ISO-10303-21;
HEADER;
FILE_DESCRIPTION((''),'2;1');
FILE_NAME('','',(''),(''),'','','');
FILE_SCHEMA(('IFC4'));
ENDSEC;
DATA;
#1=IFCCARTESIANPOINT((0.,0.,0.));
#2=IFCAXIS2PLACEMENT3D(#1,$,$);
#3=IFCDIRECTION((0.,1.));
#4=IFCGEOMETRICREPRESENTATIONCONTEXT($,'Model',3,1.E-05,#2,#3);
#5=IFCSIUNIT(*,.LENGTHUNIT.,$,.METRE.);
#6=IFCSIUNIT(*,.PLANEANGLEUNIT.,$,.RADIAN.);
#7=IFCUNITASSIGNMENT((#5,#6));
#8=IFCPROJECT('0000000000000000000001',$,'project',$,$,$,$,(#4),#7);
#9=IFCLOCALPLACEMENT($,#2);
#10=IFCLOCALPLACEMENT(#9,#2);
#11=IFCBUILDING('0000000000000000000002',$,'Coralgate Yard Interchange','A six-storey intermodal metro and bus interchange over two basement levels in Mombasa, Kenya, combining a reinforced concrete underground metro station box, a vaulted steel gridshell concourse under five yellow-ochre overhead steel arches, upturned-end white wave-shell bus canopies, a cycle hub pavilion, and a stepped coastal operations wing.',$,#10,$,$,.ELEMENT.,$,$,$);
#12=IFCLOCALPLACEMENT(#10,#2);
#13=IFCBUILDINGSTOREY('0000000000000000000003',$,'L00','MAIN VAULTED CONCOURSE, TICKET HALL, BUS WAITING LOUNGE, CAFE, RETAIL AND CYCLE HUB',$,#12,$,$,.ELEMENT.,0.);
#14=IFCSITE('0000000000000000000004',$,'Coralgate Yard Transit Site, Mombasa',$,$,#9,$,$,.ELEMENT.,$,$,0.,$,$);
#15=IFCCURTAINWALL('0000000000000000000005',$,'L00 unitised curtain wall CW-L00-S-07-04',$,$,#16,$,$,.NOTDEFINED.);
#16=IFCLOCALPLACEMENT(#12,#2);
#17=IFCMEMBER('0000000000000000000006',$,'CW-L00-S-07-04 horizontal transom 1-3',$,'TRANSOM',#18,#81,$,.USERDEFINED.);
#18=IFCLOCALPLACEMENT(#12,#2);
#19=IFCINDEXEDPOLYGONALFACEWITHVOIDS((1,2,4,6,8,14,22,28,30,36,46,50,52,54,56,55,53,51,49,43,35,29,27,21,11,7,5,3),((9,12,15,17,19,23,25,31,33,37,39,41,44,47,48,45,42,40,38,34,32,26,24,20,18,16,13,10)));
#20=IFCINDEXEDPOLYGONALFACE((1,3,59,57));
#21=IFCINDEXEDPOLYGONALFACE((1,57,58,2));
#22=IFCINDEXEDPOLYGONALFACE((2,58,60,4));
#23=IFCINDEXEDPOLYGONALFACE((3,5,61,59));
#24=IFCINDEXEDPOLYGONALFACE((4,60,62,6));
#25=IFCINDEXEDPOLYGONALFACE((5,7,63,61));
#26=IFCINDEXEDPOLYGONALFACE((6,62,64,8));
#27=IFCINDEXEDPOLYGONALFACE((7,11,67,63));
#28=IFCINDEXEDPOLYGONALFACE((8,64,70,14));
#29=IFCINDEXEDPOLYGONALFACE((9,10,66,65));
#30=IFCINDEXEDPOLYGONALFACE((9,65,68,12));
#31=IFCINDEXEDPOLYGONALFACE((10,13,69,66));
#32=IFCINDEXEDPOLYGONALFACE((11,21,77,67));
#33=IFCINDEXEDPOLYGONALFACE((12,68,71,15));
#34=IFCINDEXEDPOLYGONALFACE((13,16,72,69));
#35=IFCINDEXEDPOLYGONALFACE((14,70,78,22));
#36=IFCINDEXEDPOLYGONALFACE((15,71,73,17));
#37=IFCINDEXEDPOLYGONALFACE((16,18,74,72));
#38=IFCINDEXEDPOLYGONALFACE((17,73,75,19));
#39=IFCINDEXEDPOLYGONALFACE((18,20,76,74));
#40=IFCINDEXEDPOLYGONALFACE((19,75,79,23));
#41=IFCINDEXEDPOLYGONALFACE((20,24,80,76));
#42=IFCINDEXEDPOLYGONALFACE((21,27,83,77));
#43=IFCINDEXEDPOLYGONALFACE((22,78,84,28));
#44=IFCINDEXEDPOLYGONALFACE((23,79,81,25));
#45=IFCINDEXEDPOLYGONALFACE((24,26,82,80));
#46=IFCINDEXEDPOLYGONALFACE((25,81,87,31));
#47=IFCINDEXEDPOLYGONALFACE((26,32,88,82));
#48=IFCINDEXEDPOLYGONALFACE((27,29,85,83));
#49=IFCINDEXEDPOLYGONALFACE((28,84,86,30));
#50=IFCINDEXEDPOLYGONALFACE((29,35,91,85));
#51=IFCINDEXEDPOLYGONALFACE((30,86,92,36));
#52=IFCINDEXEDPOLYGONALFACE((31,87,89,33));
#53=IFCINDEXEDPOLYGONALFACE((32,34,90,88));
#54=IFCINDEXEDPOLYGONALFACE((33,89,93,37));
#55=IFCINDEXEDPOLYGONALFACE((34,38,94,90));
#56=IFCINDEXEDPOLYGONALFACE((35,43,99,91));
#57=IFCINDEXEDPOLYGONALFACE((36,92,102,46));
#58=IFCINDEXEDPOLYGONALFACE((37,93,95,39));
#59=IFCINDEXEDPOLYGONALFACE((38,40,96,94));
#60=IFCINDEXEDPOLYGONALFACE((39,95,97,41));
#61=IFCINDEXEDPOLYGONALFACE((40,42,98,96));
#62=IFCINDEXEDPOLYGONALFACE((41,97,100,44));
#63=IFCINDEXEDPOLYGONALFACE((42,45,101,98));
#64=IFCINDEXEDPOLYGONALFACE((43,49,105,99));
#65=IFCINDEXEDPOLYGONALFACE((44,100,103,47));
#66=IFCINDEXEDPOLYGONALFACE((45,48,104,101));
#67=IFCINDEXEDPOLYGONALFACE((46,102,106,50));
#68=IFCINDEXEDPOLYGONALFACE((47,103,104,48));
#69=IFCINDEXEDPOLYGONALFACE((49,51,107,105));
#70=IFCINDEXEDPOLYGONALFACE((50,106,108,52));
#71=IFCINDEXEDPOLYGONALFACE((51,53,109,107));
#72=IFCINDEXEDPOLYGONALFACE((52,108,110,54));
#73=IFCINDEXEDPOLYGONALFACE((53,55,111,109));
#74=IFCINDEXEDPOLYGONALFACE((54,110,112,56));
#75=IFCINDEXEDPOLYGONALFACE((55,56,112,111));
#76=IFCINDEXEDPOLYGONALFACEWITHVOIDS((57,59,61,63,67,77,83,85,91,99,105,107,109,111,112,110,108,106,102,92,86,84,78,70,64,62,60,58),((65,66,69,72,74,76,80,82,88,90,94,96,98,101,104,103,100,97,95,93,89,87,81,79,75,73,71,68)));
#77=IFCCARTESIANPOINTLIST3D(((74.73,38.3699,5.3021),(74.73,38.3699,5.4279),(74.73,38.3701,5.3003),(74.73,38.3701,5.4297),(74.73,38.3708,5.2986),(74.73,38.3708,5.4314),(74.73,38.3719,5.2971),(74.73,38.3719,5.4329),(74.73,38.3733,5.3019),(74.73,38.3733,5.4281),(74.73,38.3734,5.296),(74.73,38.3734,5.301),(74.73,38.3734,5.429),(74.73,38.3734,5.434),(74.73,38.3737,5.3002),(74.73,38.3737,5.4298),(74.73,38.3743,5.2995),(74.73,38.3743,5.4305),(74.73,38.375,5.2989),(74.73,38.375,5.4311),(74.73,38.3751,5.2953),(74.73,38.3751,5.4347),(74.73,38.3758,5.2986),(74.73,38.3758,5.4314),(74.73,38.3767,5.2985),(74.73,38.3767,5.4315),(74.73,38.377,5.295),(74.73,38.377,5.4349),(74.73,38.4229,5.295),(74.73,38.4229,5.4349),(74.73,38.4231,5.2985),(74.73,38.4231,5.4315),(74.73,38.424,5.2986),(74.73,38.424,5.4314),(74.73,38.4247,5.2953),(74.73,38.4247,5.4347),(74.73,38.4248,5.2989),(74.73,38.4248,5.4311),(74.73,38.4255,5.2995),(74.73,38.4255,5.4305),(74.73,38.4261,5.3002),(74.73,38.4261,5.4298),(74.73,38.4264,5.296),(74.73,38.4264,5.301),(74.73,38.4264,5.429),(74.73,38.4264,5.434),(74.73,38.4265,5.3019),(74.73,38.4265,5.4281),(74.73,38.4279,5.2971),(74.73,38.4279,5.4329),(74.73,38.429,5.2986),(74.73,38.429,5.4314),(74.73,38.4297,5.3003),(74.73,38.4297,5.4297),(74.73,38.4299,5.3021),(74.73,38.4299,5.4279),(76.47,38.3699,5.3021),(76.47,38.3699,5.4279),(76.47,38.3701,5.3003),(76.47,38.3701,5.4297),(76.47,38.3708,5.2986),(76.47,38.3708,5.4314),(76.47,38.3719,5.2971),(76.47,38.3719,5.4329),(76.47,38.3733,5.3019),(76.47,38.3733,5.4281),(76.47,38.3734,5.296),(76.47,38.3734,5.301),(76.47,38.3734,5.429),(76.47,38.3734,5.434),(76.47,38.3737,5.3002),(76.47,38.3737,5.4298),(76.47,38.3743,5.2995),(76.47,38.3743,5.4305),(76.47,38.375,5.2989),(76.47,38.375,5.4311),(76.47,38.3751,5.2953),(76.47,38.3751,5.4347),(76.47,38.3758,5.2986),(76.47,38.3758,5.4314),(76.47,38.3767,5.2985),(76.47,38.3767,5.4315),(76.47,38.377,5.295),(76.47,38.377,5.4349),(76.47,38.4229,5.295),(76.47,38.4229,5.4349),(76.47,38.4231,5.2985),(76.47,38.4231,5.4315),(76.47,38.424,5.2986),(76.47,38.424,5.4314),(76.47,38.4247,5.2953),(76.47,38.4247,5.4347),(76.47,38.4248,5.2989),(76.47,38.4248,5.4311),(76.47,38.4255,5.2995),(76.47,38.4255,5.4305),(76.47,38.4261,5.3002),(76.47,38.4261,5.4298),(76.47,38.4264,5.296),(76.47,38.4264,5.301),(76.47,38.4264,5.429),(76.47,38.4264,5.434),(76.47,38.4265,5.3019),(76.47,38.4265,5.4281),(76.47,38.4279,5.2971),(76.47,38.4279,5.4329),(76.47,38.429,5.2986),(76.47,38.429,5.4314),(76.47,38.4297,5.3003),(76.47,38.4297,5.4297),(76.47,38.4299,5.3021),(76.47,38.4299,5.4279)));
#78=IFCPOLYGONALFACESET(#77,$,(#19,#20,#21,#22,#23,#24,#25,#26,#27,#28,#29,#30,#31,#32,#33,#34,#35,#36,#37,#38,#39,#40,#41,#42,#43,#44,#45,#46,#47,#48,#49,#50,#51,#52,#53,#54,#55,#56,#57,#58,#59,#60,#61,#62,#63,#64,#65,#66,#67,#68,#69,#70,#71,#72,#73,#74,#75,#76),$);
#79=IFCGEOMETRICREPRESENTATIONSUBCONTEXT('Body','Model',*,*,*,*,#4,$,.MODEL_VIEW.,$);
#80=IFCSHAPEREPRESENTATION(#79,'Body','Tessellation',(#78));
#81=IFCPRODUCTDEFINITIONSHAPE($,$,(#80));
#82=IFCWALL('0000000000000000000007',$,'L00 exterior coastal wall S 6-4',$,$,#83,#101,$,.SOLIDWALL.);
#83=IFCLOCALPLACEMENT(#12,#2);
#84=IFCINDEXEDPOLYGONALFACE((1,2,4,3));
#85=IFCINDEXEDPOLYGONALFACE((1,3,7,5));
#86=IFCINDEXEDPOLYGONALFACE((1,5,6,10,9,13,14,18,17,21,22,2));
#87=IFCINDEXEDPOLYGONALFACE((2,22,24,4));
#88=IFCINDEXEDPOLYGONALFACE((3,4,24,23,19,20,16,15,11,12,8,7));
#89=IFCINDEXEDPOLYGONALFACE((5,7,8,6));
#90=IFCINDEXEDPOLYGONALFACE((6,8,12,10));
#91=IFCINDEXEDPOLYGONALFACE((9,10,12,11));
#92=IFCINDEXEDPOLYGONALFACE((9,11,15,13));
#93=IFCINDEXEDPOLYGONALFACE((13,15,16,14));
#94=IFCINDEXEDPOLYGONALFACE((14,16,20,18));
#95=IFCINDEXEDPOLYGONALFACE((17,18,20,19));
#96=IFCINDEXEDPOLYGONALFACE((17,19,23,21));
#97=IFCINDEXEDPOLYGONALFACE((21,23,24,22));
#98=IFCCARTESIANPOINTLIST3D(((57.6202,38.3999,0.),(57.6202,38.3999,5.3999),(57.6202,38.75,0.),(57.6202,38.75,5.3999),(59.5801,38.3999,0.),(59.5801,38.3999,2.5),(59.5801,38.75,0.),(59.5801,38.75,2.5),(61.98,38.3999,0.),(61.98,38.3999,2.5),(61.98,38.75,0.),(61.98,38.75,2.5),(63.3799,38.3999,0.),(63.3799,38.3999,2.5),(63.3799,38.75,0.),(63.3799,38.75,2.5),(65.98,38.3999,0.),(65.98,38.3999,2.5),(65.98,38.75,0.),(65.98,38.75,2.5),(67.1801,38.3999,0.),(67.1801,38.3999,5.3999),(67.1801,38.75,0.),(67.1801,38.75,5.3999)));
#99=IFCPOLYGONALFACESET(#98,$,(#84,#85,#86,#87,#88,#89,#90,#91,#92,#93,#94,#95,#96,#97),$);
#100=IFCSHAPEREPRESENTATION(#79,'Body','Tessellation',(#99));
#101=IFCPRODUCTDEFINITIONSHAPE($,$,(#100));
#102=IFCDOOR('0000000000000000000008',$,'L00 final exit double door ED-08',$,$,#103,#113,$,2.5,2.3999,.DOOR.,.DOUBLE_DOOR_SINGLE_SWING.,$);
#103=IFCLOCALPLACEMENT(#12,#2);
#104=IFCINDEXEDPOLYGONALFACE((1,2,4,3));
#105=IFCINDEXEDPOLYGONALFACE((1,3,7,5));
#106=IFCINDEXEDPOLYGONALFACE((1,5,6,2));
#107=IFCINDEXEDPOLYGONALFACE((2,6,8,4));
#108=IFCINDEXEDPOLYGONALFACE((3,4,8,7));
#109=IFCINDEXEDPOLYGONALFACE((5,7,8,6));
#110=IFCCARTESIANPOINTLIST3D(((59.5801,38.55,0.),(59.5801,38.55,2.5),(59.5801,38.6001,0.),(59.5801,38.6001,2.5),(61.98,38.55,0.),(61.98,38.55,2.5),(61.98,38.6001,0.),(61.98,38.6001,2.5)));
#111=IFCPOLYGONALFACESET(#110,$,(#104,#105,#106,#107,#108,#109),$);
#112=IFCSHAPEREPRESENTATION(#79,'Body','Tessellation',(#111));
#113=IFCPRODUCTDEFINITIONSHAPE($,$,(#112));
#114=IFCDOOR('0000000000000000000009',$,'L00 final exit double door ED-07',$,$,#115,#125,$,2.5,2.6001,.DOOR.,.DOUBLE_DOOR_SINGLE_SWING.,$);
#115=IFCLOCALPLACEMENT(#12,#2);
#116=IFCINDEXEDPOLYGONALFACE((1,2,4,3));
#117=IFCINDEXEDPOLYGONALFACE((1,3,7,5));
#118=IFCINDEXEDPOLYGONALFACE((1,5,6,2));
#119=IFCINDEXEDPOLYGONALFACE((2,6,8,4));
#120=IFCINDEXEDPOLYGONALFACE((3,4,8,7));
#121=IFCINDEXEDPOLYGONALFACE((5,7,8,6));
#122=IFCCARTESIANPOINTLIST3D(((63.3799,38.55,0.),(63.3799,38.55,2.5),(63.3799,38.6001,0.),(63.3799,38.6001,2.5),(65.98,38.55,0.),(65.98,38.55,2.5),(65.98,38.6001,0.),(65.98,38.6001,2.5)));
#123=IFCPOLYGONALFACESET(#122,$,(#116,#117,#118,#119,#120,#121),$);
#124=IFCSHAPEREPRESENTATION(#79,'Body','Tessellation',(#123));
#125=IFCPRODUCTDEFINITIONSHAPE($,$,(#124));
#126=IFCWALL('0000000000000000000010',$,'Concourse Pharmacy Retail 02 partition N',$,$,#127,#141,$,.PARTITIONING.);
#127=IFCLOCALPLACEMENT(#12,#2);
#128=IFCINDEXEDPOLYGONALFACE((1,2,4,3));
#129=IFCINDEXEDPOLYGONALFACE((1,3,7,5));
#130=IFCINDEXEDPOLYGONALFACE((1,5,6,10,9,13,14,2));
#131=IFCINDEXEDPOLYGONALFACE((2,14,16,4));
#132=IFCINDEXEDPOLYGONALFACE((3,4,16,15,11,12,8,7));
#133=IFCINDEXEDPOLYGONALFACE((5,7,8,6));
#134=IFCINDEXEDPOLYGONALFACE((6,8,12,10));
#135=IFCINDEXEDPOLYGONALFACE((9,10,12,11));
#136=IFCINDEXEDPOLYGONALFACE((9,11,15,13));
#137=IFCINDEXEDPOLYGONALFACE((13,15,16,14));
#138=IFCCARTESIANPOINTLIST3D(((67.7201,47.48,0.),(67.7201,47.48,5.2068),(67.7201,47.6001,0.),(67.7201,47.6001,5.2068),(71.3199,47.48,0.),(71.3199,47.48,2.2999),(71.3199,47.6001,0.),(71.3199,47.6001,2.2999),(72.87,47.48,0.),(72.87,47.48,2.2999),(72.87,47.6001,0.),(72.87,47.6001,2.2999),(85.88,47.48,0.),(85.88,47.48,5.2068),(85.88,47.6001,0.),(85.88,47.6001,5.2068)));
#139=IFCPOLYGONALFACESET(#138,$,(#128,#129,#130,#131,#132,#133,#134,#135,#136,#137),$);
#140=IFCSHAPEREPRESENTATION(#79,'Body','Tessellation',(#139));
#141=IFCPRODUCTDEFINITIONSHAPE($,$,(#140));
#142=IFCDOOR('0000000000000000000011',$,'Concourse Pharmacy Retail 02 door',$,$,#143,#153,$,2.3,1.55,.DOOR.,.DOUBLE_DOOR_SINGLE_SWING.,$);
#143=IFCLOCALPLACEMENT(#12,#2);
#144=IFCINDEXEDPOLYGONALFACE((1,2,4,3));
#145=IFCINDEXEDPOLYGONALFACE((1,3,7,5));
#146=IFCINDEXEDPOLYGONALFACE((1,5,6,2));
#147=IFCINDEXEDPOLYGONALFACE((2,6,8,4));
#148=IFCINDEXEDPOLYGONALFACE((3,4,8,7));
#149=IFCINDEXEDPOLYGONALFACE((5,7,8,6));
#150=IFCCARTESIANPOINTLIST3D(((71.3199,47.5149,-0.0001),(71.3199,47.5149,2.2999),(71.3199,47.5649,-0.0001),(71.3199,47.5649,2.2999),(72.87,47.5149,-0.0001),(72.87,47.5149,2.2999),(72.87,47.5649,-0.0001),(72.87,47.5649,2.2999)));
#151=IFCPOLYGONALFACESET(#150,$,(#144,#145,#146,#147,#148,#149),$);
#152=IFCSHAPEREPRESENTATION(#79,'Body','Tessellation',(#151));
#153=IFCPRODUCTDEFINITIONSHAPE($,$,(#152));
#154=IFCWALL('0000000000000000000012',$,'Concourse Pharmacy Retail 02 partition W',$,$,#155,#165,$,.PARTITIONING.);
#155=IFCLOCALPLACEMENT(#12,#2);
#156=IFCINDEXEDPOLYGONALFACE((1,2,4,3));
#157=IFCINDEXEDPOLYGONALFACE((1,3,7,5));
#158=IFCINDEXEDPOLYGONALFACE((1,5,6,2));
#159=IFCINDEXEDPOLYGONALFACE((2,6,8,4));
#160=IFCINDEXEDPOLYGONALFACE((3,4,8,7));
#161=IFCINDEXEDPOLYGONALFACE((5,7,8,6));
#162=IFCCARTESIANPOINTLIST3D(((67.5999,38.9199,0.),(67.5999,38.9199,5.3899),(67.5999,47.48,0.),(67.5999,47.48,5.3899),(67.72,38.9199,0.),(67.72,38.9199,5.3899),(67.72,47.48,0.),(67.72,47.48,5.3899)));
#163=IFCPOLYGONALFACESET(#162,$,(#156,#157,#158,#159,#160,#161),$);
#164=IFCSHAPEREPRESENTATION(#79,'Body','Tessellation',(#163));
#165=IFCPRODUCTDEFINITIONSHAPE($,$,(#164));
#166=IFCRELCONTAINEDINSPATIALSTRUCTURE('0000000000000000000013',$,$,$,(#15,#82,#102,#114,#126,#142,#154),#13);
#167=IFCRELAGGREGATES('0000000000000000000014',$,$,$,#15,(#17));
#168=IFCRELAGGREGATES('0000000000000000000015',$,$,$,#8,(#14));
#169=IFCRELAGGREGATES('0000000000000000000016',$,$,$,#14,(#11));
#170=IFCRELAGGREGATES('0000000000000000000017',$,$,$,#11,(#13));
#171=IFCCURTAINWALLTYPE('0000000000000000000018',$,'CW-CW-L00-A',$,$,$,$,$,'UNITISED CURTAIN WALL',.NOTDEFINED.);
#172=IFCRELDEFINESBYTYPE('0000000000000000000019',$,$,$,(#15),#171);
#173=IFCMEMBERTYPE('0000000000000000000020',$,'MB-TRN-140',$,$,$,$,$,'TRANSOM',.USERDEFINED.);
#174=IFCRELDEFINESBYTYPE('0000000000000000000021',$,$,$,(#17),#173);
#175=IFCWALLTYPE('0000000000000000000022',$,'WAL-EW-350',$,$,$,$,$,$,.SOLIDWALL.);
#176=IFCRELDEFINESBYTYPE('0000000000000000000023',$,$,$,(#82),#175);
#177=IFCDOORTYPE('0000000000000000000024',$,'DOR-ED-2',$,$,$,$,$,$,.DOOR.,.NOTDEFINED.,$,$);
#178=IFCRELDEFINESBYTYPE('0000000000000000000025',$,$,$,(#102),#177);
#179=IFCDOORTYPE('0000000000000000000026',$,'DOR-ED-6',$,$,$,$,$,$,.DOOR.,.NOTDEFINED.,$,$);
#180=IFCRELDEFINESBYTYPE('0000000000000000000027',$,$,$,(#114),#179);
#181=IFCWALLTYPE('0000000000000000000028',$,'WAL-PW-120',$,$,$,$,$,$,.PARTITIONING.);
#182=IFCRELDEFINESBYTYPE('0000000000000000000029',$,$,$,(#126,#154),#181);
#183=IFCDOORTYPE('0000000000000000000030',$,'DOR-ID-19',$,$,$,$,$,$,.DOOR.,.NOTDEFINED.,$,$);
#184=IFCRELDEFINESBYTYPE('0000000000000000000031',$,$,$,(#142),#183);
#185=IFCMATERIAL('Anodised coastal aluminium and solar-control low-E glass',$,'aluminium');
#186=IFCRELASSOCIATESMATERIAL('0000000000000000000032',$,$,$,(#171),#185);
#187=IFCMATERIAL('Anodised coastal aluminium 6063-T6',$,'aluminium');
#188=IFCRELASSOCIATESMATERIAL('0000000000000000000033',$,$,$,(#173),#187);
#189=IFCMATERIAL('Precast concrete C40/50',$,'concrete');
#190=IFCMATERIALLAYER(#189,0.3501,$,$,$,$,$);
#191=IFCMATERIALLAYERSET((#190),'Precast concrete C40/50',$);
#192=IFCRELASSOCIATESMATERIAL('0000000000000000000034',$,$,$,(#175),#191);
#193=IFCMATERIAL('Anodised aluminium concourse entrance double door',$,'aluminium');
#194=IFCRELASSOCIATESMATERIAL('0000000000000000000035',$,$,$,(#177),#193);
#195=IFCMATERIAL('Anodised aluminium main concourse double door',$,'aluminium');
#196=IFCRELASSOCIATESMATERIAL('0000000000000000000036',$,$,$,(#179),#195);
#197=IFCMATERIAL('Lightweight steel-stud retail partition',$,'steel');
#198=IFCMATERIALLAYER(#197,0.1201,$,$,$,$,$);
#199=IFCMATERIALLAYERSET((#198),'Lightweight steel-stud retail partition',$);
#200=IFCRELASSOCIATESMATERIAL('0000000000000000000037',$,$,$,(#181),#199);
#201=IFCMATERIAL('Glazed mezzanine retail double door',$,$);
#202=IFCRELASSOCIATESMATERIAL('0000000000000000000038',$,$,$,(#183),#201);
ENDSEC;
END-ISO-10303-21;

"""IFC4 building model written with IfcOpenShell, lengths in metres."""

from ifc_helpers import new_model, si_unit, direction, frame, frame_2d, origin, origin_2d, place, context, subcontext, project, spatial, rectangle, hollow_rectangle, extrude, material, layer, layer_set, material_profile, profile_set, type_object, element, fill, aggregate, save


model = new_model("IFC4")

# Units and contexts
model_context = context("Model", 3, precision=1e-05, world=origin(), true_north=direction((0.0, 1.0)))
body_context = subcontext(model_context, "Body", "Model", "MODEL_VIEW")
ifc_project = project(units=[si_unit("LENGTHUNIT", "METRE"), si_unit("PLANEANGLEUNIT", "RADIAN")], contexts=[model_context])

# Site, building, storey
site_placement = place(None, origin())
site = spatial("IfcSite", under=ifc_project, at=site_placement, Name="Coralgate Yard Transit Site, Mombasa", CompositionType="ELEMENT", RefElevation=0.0)
building_placement = place(site_placement, origin())
building = spatial("IfcBuilding", under=site, at=building_placement, Name="Coralgate Yard Interchange", Description="A six-storey intermodal metro and bus interchange over two basement levels in Mombasa, Kenya, combining a reinforced concrete underground metro station box, a vaulted steel gridshell concourse under five yellow-ochre overhead steel arches, upturned-end white wave-shell bus canopies, a cycle hub pavilion, and a stepped coastal operations wing.", CompositionType="ELEMENT")
storey_placement = place(building_placement, origin())
storey = spatial("IfcBuildingStorey", under=building, at=storey_placement, Name="L00", Description="MAIN VAULTED CONCOURSE, TICKET HALL, BUS WAITING LOUNGE, CAFE, RETAIL AND CYCLE HUB", CompositionType="ELEMENT", Elevation=0.0)

# Curtain wall, member
ifc_material_1 = material(Name="Anodised coastal aluminium and solar-control low-E glass", Category="aluminium")
curtain_wall_type = type_object("IfcCurtainWallType", Name="CW-CW-L00-A", ElementType="UNITISED CURTAIN WALL", PredefinedType="NOTDEFINED", material=ifc_material_1)
curtain_wall_placement = place(storey_placement, origin())
curtain_wall = element("IfcCurtainWall", 1, at=curtain_wall_placement, inside=storey, type_object=curtain_wall_type, Name="L00 unitised curtain wall CW-L00-S-07-04", PredefinedType="NOTDEFINED")
ifc_material_2 = material(Name="Anodised coastal aluminium 6063-T6", Category="aluminium")
ifc_material_profile_1 = material_profile(ifc_material_2, hollow_rectangle(XDim=0.0601, YDim=0.1399, WallThickness=0.0034, InnerFilletRadius=0.0034, OuterFilletRadius=0.0071, at=origin_2d()), Name="ALU 60x140x3.5")
ifc_profile_set_1 = profile_set([ifc_material_profile_1], Name="Anodised coastal aluminium 6063-T6")
member_type_1 = type_object("IfcMemberType", Name="MB-TRN-140", ElementType="TRANSOM", PredefinedType="USERDEFINED", material=ifc_profile_set_1)
member_1_placement = place(storey_placement, frame((76.47, 38.3999, 5.365), z_axis=(-1.0, 0.0, 0.0), x_axis=(0.0, -1.0, 0.0)))
member_1 = element("IfcMember", 2, at=member_1_placement, type_object=member_type_1, Name="CW-L00-S-07-04 horizontal transom 1-3", ObjectType="TRANSOM", PredefinedType="USERDEFINED", context=body_context, shape_type="SweptSolid", body=[
    extrude(hollow_rectangle(XDim=0.0601, YDim=0.1399, WallThickness=0.0034, InnerFilletRadius=0.0034, OuterFilletRadius=0.0071, at=origin_2d()), origin(), (0.0, 0.0, 1.0), 1.74),
])
aggregate(curtain_wall, [member_1])

# Wall, openings, doors
ifc_material_3 = material(Name="Precast concrete C40/50", Category="concrete")
ifc_layer_1 = layer(ifc_material_3, 0.3501)
ifc_layer_set_1 = layer_set([ifc_layer_1], Name="Precast concrete C40/50")
wall_type_1 = type_object("IfcWallType", Name="WAL-EW-350", PredefinedType="SOLIDWALL", material=ifc_layer_set_1)
wall_1_placement = place(storey_placement, frame((67.1799, 38.575, 0.0), z_axis=(0.0, 0.0, 1.0), x_axis=(-1.0, 0.0, 0.0)))
wall_1 = element("IfcWall", 3, at=wall_1_placement, inside=storey, type_object=wall_type_1, Name="L00 exterior coastal wall S 6-4", PredefinedType="SOLIDWALL", context=body_context, shape_type="SweptSolid", body=[
    extrude(rectangle(XDim=9.5598, YDim=0.3501, at=frame_2d((4.7798, 0.0))), origin(), (0.0, 0.0, 1.0), 5.3999),
])
opening_1_placement = place(wall_1_placement, frame((1.2, 0.0, 0.0)))
opening_1 = element("IfcOpeningElement", 4, at=opening_1_placement, cuts=wall_1, PredefinedType="OPENING", context=body_context, shape_type="SweptSolid", body=[
    extrude(rectangle(XDim=2.6001, YDim=2.5, at=frame_2d((1.3, 1.25))), frame((0.0, 0.1851, 0.0), z_axis=(0.0, -1.0, 0.0), x_axis=(1.0, 0.0, 0.0)), (0.0, 0.0, 1.0), 0.3701),
])
opening_2_placement = place(wall_1_placement, frame((5.2, 0.0, 0.0)))
opening_2 = element("IfcOpeningElement", 5, at=opening_2_placement, cuts=wall_1, PredefinedType="OPENING", context=body_context, shape_type="SweptSolid", body=[
    extrude(rectangle(XDim=2.3999, YDim=2.5, at=frame_2d((1.2, 1.25))), frame((0.0, 0.1851, 0.0), z_axis=(0.0, -1.0, 0.0), x_axis=(1.0, 0.0, 0.0)), (0.0, 0.0, 1.0), 0.3701),
])
ifc_material_4 = material(Name="Anodised aluminium concourse entrance double door", Category="aluminium")
door_type_1 = type_object("IfcDoorType", Name="DOR-ED-2", OperationType="NOTDEFINED", PredefinedType="DOOR", material=ifc_material_4)
door_1_placement = place(opening_2_placement, origin())
door_1 = element("IfcDoor", 6, at=door_1_placement, inside=storey, type_object=door_type_1, Name="L00 final exit double door ED-08", OperationType="DOUBLE_DOOR_SINGLE_SWING", OverallHeight=2.5, OverallWidth=2.3999, PredefinedType="DOOR", context=body_context, shape_type="SweptSolid", body=[
    extrude(rectangle(XDim=2.3999, YDim=2.5, at=frame_2d((1.2, 1.25))), frame((0.0, 0.0249, 0.0), z_axis=(0.0, -1.0, 0.0), x_axis=(1.0, 0.0, 0.0)), (0.0, 0.0, 1.0), 0.05),
])
fill(opening_2, door_1)
ifc_material_5 = material(Name="Anodised aluminium main concourse double door", Category="aluminium")
door_type_2 = type_object("IfcDoorType", Name="DOR-ED-6", OperationType="NOTDEFINED", PredefinedType="DOOR", material=ifc_material_5)
door_2_placement = place(opening_1_placement, origin())
door_2 = element("IfcDoor", 7, at=door_2_placement, inside=storey, type_object=door_type_2, Name="L00 final exit double door ED-07", OperationType="DOUBLE_DOOR_SINGLE_SWING", OverallHeight=2.5, OverallWidth=2.6001, PredefinedType="DOOR", context=body_context, shape_type="SweptSolid", body=[
    extrude(rectangle(XDim=2.6001, YDim=2.5, at=frame_2d((1.3, 1.25))), frame((0.0, 0.0249, 0.0), z_axis=(0.0, -1.0, 0.0), x_axis=(1.0, 0.0, 0.0)), (0.0, 0.0, 1.0), 0.05),
])
fill(opening_1, door_2)

# Wall, opening, door
ifc_material_6 = material(Name="Lightweight steel-stud retail partition", Category="steel")
ifc_layer_2 = layer(ifc_material_6, 0.1201)
ifc_layer_set_2 = layer_set([ifc_layer_2], Name="Lightweight steel-stud retail partition")
wall_type_2 = type_object("IfcWallType", Name="WAL-PW-120", PredefinedType="PARTITIONING", material=ifc_layer_set_2)
wall_2_placement = place(storey_placement, frame((67.72, 47.54, 0.0), z_axis=(0.0, 0.0, 1.0), x_axis=(1.0, 0.0, 0.0)))
wall_2 = element("IfcWall", 8, at=wall_2_placement, inside=storey, type_object=wall_type_2, Name="Concourse Pharmacy Retail 02 partition N", PredefinedType="PARTITIONING", context=body_context, shape_type="SweptSolid", body=[
    extrude(rectangle(XDim=18.1599, YDim=0.1201, at=frame_2d((9.0801, 0.0))), origin(), (0.0, 0.0, 1.0), 5.2068),
])
opening_3_placement = place(wall_2_placement, frame((3.6001, 0.0, 0.0)))
opening_3 = element("IfcOpeningElement", 9, at=opening_3_placement, cuts=wall_2, PredefinedType="OPENING", context=body_context, shape_type="SweptSolid", body=[
    extrude(rectangle(XDim=1.55, YDim=2.3, at=frame_2d((0.7749, 1.1499))), frame((0.0, 0.0701, 0.0), z_axis=(0.0, -1.0, 0.0), x_axis=(1.0, 0.0, 0.0)), (0.0, 0.0, 1.0), 0.1401),
])
ifc_material_7 = material(Name="Glazed mezzanine retail double door")
door_type_3 = type_object("IfcDoorType", Name="DOR-ID-19", OperationType="NOTDEFINED", PredefinedType="DOOR", material=ifc_material_7)
door_3_placement = place(opening_3_placement, origin())
door_3 = element("IfcDoor", 10, at=door_3_placement, inside=storey, type_object=door_type_3, Name="Concourse Pharmacy Retail 02 door", OperationType="DOUBLE_DOOR_SINGLE_SWING", OverallHeight=2.3, OverallWidth=1.55, PredefinedType="DOOR", context=body_context, shape_type="SweptSolid", body=[
    extrude(rectangle(XDim=1.55, YDim=2.3, at=frame_2d((0.7749, 1.1499))), frame((0.0, 0.0249, 0.0), z_axis=(0.0, -1.0, 0.0), x_axis=(1.0, 0.0, 0.0)), (0.0, 0.0, 1.0), 0.05),
])
fill(opening_3, door_3)

# Wall
wall_3_placement = place(storey_placement, frame((67.6599, 38.9199, 0.0), z_axis=(0.0, 0.0, 1.0), x_axis=(0.0, 1.0, 0.0)))
element("IfcWall", 11, at=wall_3_placement, inside=storey, type_object=wall_type_2, Name="Concourse Pharmacy Retail 02 partition W", PredefinedType="PARTITIONING", context=body_context, shape_type="SweptSolid", body=[
    extrude(rectangle(XDim=8.5601, YDim=0.1201, at=frame_2d((4.28, 0.0))), origin(), (0.0, 0.0, 1.0), 5.3899),
])

save(model, "model.ifc")
